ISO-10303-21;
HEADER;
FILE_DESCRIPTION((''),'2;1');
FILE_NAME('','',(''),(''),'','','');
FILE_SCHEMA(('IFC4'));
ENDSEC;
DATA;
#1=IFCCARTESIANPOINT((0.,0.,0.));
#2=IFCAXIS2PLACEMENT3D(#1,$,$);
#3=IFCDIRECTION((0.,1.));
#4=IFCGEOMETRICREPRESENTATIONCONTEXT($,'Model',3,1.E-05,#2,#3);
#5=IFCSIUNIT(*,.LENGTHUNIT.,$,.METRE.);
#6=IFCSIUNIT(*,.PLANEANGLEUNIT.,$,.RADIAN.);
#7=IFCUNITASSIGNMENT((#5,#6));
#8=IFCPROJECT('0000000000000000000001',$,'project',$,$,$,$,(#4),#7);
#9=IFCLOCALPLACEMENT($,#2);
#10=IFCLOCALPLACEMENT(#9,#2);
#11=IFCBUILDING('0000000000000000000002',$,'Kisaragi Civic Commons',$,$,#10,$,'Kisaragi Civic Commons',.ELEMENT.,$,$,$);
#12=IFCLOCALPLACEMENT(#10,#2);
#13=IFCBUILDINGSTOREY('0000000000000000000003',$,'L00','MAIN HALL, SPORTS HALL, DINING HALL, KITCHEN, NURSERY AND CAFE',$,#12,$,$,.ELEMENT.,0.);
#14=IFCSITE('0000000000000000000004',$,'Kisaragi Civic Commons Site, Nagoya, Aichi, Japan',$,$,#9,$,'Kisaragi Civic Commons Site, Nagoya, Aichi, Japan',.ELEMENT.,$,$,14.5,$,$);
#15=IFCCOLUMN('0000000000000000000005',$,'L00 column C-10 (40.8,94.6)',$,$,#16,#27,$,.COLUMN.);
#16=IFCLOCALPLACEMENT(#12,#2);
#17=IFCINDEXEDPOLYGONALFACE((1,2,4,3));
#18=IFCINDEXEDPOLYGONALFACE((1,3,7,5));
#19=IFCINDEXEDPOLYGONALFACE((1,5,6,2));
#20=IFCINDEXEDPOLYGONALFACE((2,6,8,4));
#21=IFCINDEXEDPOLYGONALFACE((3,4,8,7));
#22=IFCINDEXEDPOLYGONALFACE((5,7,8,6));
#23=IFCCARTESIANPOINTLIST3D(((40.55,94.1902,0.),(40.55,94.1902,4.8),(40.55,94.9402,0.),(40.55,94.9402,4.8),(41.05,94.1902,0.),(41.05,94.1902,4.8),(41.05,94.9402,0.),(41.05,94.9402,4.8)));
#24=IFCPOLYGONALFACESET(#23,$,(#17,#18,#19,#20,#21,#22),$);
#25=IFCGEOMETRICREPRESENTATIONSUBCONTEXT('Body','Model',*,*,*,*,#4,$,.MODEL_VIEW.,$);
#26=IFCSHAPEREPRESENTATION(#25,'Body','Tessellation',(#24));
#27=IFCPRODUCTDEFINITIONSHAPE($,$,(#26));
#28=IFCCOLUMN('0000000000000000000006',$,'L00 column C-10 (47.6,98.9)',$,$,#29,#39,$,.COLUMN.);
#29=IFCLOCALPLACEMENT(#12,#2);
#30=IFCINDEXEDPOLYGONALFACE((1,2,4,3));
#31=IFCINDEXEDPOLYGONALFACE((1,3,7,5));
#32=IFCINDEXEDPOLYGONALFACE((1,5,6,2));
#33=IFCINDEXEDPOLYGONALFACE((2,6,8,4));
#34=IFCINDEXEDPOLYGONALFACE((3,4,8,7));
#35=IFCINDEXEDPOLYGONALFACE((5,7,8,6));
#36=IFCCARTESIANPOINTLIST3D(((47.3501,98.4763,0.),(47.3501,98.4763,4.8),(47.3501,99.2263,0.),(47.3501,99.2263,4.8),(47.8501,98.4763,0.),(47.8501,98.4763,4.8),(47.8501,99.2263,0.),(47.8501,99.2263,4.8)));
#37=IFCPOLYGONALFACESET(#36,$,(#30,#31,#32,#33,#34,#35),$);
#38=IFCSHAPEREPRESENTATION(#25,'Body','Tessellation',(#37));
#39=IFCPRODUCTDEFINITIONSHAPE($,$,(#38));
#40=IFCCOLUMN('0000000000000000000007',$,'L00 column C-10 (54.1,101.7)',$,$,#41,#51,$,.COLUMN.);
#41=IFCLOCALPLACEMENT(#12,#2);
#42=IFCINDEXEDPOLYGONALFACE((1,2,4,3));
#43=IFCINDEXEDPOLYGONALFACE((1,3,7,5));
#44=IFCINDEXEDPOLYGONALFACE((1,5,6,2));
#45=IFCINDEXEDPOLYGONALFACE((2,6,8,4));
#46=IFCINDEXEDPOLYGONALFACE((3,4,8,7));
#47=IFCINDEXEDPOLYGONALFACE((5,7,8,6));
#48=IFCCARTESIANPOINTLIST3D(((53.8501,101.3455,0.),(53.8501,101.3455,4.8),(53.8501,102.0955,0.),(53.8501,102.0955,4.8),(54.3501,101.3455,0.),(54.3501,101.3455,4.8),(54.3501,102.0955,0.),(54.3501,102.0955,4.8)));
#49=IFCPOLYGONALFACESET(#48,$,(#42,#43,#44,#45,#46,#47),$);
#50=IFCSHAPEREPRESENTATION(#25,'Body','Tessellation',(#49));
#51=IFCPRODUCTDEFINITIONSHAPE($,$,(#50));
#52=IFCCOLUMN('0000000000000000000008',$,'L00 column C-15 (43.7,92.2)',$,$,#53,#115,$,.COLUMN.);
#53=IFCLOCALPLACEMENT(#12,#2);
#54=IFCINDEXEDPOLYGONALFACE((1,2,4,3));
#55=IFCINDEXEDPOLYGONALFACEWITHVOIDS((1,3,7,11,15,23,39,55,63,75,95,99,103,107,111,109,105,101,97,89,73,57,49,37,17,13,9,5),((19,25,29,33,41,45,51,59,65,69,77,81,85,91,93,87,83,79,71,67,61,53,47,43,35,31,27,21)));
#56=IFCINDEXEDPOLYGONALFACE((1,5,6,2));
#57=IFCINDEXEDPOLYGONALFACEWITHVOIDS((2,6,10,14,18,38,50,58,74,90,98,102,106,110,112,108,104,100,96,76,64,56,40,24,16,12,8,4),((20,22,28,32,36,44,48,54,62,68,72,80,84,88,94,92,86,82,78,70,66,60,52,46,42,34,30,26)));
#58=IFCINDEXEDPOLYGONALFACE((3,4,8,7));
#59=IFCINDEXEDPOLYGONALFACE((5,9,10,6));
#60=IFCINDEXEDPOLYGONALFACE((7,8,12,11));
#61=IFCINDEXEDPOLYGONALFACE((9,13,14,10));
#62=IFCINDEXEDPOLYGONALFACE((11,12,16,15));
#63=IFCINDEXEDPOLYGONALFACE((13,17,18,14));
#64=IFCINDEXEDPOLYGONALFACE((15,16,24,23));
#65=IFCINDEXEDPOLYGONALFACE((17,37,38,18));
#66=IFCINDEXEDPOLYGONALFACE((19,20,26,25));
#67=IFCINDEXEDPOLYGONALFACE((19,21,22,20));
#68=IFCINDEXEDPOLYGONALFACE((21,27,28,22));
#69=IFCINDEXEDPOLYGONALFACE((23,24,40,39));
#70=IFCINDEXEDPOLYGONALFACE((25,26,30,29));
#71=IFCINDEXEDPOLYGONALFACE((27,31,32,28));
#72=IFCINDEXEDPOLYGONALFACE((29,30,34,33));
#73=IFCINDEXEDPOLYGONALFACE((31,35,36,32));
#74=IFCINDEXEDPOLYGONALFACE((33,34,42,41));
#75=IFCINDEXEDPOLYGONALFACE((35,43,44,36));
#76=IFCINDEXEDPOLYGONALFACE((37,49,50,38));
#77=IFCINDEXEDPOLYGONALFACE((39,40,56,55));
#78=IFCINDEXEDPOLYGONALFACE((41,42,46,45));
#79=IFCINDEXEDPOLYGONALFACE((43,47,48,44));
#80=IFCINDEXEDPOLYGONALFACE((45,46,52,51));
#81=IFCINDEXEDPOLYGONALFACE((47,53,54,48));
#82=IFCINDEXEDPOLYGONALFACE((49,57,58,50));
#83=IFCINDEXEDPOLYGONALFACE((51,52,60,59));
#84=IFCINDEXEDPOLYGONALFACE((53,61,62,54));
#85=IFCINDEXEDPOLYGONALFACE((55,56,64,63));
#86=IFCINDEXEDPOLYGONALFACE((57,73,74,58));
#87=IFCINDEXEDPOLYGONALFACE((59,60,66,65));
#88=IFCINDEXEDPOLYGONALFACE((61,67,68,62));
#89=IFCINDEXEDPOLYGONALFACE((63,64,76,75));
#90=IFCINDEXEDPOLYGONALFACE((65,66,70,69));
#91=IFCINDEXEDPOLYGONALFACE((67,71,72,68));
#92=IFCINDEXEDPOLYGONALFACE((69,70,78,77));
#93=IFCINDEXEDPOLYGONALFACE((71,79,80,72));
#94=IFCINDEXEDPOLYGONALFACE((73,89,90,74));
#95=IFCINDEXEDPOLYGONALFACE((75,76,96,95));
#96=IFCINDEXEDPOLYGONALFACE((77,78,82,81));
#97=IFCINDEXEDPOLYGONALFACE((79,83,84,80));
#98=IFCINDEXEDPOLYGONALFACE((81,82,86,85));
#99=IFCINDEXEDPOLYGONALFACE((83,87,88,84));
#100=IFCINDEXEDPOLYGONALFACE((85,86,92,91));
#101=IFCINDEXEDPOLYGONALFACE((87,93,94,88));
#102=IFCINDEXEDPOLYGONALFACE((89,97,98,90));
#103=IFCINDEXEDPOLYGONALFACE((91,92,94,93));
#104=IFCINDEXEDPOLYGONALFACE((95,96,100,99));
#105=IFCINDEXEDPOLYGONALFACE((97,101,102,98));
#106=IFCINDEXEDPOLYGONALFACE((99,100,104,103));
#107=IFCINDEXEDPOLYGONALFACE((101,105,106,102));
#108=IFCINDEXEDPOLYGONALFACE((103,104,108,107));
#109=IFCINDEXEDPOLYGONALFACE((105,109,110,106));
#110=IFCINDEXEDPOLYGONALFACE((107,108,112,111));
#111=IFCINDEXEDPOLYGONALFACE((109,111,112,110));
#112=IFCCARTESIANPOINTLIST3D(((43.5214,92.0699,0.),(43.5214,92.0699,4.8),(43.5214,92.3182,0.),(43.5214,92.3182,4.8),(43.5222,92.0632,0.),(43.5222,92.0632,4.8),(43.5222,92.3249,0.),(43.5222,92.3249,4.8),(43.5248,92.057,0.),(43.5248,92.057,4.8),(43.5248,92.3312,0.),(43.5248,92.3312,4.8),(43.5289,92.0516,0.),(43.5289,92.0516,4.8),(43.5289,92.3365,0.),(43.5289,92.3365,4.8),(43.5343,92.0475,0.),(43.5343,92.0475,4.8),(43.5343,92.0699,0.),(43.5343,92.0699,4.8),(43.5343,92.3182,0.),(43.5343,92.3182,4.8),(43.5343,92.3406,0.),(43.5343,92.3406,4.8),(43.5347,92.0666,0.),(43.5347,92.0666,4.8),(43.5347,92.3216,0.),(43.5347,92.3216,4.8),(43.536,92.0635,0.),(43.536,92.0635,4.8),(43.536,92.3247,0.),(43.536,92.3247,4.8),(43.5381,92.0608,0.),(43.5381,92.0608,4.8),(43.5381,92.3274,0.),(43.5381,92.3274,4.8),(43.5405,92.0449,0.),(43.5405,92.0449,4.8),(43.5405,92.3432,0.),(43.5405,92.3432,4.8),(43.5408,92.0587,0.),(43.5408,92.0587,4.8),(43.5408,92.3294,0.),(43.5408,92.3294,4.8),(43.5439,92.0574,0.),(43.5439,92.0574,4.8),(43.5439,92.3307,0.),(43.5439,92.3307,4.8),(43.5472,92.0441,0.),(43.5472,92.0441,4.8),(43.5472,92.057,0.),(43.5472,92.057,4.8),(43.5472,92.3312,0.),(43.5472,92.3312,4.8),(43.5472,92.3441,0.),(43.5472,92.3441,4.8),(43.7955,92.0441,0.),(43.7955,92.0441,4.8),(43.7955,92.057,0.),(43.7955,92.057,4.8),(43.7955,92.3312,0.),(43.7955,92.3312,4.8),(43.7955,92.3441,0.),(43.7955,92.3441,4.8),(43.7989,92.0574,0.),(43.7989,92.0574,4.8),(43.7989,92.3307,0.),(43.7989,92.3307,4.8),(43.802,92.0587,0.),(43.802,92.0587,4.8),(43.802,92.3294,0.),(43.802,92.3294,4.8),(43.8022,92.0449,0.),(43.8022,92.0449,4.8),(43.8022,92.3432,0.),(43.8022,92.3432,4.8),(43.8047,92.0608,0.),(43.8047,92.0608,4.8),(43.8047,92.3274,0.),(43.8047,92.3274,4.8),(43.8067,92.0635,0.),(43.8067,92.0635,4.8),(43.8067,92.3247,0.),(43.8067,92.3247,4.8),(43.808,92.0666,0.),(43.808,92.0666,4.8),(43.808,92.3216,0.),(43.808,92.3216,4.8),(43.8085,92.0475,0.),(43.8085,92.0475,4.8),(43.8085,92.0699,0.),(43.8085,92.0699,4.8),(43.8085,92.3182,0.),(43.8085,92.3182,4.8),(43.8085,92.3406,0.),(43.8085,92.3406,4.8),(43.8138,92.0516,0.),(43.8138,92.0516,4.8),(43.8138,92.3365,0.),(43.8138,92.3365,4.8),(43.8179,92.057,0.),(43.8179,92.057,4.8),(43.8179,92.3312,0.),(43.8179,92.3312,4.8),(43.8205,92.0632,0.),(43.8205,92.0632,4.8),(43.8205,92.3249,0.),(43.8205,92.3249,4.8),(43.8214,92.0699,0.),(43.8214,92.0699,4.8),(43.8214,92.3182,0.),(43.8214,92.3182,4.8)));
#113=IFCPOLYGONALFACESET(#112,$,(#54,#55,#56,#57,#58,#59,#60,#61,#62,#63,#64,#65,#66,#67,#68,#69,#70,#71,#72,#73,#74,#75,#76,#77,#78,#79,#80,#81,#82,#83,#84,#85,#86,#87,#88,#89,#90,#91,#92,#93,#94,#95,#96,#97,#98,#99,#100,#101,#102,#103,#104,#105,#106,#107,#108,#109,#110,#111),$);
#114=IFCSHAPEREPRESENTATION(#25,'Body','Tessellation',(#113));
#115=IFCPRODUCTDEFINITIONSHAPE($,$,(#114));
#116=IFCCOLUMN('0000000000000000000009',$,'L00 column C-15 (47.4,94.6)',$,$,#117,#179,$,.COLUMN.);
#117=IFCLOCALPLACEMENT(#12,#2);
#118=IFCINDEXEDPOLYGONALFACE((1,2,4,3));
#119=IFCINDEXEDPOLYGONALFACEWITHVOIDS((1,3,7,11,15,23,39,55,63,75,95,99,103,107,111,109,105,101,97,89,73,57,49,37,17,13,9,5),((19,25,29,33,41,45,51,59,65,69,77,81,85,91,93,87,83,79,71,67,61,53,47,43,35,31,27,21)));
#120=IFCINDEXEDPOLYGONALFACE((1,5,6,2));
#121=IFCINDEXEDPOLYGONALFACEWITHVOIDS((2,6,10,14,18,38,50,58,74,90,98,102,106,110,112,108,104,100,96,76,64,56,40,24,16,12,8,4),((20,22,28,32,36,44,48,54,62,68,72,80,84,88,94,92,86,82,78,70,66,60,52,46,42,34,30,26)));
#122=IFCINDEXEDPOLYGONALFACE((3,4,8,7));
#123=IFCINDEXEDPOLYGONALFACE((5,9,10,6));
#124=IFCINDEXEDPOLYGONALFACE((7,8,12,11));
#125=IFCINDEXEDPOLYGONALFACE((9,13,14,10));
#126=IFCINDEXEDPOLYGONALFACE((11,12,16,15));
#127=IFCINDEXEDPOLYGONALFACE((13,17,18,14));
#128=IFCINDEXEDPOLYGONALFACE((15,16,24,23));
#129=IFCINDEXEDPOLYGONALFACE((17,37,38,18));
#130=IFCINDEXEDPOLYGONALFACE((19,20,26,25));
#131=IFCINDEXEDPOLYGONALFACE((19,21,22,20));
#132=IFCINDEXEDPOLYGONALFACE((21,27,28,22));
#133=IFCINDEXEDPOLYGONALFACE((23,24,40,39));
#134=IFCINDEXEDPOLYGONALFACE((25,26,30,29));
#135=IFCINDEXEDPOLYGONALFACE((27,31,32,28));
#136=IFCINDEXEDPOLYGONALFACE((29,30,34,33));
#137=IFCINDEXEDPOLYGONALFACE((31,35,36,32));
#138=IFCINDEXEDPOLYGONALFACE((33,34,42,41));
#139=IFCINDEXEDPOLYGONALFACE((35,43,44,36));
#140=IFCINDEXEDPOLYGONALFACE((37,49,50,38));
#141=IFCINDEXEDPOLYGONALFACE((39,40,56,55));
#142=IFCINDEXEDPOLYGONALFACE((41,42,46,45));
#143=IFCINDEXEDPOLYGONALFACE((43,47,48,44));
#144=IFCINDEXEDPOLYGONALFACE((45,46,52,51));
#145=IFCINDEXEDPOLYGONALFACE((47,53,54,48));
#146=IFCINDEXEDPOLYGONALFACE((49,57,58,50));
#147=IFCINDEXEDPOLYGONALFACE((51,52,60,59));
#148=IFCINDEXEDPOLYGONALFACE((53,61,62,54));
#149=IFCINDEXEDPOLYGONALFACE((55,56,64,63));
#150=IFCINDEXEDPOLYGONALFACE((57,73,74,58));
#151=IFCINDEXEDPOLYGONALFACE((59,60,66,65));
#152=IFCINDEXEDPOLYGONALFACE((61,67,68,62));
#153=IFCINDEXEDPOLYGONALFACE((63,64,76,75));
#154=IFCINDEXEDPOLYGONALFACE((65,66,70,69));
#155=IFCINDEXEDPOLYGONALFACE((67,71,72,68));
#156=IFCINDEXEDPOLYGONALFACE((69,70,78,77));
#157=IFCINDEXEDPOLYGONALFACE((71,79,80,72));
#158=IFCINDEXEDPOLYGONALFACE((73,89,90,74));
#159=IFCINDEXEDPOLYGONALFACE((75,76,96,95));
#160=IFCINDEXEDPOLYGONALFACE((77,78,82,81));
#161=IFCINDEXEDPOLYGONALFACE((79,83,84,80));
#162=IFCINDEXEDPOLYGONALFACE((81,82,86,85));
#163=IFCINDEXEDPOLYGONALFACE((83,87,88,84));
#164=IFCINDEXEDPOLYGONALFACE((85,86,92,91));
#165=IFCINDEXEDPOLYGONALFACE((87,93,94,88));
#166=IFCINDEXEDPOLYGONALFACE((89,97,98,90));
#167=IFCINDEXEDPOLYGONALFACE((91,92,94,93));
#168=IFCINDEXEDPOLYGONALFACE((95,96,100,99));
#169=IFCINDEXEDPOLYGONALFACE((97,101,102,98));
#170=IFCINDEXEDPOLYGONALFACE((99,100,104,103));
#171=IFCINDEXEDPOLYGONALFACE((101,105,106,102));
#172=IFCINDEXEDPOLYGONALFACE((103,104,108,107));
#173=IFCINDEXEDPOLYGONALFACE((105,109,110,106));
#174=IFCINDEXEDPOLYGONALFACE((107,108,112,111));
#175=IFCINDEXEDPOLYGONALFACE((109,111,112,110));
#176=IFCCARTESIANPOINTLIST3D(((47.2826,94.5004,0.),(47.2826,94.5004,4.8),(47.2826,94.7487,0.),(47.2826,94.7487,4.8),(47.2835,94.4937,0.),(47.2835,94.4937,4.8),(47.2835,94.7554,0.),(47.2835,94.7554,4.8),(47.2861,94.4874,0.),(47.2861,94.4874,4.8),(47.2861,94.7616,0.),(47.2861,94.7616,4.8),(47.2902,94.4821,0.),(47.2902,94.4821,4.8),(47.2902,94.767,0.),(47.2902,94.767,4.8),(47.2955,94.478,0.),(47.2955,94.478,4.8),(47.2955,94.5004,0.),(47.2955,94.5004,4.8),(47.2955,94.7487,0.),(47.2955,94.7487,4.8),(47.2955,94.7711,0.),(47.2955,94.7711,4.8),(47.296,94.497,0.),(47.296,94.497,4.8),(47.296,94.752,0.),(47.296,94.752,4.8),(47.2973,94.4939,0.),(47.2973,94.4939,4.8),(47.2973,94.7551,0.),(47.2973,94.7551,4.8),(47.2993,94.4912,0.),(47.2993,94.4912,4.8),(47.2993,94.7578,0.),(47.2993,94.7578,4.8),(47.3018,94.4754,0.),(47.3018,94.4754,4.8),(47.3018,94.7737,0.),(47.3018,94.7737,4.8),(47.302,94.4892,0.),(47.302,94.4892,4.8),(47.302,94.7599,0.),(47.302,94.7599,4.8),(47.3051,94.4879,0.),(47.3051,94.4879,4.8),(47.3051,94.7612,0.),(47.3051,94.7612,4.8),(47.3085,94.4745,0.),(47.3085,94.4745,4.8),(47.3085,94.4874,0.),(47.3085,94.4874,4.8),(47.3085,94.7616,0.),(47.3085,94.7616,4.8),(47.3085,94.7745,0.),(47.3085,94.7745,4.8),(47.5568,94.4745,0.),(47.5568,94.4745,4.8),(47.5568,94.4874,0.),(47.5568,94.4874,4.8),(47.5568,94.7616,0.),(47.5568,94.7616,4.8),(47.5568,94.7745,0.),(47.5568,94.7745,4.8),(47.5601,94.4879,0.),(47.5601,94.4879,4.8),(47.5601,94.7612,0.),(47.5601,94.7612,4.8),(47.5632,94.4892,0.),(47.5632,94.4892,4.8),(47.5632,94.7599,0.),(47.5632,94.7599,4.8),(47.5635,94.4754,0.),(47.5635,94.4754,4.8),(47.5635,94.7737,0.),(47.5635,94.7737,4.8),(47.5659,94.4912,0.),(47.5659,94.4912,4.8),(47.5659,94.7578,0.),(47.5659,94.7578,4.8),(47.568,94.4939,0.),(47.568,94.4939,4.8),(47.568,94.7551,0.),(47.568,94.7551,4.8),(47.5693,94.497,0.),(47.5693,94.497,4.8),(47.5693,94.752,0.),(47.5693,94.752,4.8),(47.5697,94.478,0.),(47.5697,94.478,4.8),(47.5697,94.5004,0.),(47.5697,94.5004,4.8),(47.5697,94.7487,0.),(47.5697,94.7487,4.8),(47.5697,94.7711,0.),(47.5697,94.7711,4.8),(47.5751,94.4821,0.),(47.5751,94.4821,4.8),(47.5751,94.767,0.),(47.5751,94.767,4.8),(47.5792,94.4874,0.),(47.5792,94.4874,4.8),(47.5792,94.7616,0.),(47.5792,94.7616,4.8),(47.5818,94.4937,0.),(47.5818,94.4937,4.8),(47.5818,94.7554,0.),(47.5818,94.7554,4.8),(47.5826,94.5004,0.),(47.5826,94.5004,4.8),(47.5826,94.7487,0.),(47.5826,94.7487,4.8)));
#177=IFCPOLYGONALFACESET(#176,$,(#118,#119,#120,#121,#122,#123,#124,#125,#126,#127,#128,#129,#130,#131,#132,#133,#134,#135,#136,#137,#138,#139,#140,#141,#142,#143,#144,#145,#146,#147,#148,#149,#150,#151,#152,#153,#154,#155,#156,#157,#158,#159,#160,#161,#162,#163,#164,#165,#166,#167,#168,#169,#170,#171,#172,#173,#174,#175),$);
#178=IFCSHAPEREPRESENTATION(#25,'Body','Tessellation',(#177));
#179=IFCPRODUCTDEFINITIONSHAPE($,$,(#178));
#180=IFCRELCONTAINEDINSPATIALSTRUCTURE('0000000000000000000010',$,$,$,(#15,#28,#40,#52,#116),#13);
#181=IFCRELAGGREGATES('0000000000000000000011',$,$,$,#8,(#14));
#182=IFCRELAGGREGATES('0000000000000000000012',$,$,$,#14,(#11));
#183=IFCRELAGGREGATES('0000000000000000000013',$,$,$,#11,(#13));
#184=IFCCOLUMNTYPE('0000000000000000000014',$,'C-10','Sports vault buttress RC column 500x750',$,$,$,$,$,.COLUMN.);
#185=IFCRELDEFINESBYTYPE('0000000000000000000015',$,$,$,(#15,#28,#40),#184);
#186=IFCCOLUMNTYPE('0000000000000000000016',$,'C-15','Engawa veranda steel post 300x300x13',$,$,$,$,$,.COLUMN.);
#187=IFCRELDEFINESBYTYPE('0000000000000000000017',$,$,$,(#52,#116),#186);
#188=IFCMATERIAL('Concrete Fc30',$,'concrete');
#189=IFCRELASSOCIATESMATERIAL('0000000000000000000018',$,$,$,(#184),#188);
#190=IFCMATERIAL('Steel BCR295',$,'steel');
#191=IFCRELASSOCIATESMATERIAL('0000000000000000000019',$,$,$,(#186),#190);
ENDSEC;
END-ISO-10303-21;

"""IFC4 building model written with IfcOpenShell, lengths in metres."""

from ifc_helpers import new_model, si_unit, direction, frame, origin, origin_2d, place, context, subcontext, project, spatial, rectangle, hollow_rectangle, extrude, material, material_profile, profile_set, type_object, element, save


model = new_model("IFC4")

# Units and contexts
model_context = context("Model", 3, precision=1e-05, world=origin(), true_north=direction((0.0, 1.0)))
body_context = subcontext(model_context, "Body", "Model", "MODEL_VIEW")
ifc_project = project(units=[si_unit("LENGTHUNIT", "METRE"), si_unit("PLANEANGLEUNIT", "RADIAN")], contexts=[model_context])

# Site, building, storey
site_placement = place(None, origin())
site = spatial("IfcSite", under=ifc_project, at=site_placement, Name="Kisaragi Civic Commons Site, Nagoya, Aichi, Japan", LongName="Kisaragi Civic Commons Site, Nagoya, Aichi, Japan", CompositionType="ELEMENT", RefElevation=14.5)
building_placement = place(site_placement, origin())
building = spatial("IfcBuilding", under=site, at=building_placement, Name="Kisaragi Civic Commons", LongName="Kisaragi Civic Commons", CompositionType="ELEMENT")
storey_placement = place(building_placement, origin())
storey = spatial("IfcBuildingStorey", under=building, at=storey_placement, Name="L00", Description="MAIN HALL, SPORTS HALL, DINING HALL, KITCHEN, NURSERY AND CAFE", CompositionType="ELEMENT", Elevation=0.0)

# Columns
ifc_material_1 = material(Name="Concrete Fc30", Category="concrete")
ifc_material_profile_1 = material_profile(ifc_material_1, rectangle(XDim=0.5, YDim=0.75, at=origin_2d()), Name="RC-500x750", Category="concrete")
ifc_profile_set_1 = profile_set([ifc_material_profile_1], Name="Concrete Fc30")
column_type_1 = type_object("IfcColumnType", Name="C-10", Description="Sports vault buttress RC column 500x750", PredefinedType="COLUMN", material=ifc_profile_set_1)
for number, where, z_axis, x_axis, name in (
    (1, (40.8, 94.5652, 0.0), (0.0, 0.0, 1.0), (1.0, 0.0, 0.0), "L00 column C-10 (40.8,94.6)"),
    (2, (47.6001, 98.8513, 0.0), (0.0, 0.0, 1.0), (1.0, 0.0, 0.0), "L00 column C-10 (47.6,98.9)"),
    (3, (54.1001, 101.7205, 0.0), (0.0, 0.0, 1.0), (1.0, 0.0, 0.0), "L00 column C-10 (54.1,101.7)"),
):
    element("IfcColumn", number, at=place(storey_placement, frame(where, z_axis=z_axis, x_axis=x_axis)), inside=storey, type_object=column_type_1, Name=name, PredefinedType="COLUMN", context=body_context, shape_type="SweptSolid", body=[
        extrude(rectangle(XDim=0.5, YDim=0.75, at=origin_2d()), origin(), (0.0, 0.0, 1.0), 4.8),
    ])
ifc_material_2 = material(Name="Steel BCR295", Category="steel")
ifc_material_profile_2 = material_profile(ifc_material_2, hollow_rectangle(XDim=0.3, YDim=0.3, WallThickness=0.0129, InnerFilletRadius=0.0129, OuterFilletRadius=0.0259, at=origin_2d()), Name="BCR-300x300x13", Category="steel")
ifc_profile_set_2 = profile_set([ifc_material_profile_2], Name="Steel BCR295")
column_type_2 = type_object("IfcColumnType", Name="C-15", Description="Engawa veranda steel post 300x300x13", PredefinedType="COLUMN", material=ifc_profile_set_2)
for number, where, z_axis, x_axis, name in (
    (4, (43.6714, 92.1941, 0.0), (0.0, 0.0, 1.0), (1.0, 0.0, 0.0), "L00 column C-15 (43.7,92.2)"),
    (5, (47.4326, 94.6245, 0.0), (0.0, 0.0, 1.0), (1.0, 0.0, 0.0), "L00 column C-15 (47.4,94.6)"),
):
    element("IfcColumn", number, at=place(storey_placement, frame(where, z_axis=z_axis, x_axis=x_axis)), inside=storey, type_object=column_type_2, Name=name, PredefinedType="COLUMN", context=body_context, shape_type="SweptSolid", body=[
        extrude(hollow_rectangle(XDim=0.3, YDim=0.3, WallThickness=0.0129, InnerFilletRadius=0.0129, OuterFilletRadius=0.0259, at=origin_2d()), origin(), (0.0, 0.0, 1.0), 4.8),
    ])

save(model, "model.ifc")
